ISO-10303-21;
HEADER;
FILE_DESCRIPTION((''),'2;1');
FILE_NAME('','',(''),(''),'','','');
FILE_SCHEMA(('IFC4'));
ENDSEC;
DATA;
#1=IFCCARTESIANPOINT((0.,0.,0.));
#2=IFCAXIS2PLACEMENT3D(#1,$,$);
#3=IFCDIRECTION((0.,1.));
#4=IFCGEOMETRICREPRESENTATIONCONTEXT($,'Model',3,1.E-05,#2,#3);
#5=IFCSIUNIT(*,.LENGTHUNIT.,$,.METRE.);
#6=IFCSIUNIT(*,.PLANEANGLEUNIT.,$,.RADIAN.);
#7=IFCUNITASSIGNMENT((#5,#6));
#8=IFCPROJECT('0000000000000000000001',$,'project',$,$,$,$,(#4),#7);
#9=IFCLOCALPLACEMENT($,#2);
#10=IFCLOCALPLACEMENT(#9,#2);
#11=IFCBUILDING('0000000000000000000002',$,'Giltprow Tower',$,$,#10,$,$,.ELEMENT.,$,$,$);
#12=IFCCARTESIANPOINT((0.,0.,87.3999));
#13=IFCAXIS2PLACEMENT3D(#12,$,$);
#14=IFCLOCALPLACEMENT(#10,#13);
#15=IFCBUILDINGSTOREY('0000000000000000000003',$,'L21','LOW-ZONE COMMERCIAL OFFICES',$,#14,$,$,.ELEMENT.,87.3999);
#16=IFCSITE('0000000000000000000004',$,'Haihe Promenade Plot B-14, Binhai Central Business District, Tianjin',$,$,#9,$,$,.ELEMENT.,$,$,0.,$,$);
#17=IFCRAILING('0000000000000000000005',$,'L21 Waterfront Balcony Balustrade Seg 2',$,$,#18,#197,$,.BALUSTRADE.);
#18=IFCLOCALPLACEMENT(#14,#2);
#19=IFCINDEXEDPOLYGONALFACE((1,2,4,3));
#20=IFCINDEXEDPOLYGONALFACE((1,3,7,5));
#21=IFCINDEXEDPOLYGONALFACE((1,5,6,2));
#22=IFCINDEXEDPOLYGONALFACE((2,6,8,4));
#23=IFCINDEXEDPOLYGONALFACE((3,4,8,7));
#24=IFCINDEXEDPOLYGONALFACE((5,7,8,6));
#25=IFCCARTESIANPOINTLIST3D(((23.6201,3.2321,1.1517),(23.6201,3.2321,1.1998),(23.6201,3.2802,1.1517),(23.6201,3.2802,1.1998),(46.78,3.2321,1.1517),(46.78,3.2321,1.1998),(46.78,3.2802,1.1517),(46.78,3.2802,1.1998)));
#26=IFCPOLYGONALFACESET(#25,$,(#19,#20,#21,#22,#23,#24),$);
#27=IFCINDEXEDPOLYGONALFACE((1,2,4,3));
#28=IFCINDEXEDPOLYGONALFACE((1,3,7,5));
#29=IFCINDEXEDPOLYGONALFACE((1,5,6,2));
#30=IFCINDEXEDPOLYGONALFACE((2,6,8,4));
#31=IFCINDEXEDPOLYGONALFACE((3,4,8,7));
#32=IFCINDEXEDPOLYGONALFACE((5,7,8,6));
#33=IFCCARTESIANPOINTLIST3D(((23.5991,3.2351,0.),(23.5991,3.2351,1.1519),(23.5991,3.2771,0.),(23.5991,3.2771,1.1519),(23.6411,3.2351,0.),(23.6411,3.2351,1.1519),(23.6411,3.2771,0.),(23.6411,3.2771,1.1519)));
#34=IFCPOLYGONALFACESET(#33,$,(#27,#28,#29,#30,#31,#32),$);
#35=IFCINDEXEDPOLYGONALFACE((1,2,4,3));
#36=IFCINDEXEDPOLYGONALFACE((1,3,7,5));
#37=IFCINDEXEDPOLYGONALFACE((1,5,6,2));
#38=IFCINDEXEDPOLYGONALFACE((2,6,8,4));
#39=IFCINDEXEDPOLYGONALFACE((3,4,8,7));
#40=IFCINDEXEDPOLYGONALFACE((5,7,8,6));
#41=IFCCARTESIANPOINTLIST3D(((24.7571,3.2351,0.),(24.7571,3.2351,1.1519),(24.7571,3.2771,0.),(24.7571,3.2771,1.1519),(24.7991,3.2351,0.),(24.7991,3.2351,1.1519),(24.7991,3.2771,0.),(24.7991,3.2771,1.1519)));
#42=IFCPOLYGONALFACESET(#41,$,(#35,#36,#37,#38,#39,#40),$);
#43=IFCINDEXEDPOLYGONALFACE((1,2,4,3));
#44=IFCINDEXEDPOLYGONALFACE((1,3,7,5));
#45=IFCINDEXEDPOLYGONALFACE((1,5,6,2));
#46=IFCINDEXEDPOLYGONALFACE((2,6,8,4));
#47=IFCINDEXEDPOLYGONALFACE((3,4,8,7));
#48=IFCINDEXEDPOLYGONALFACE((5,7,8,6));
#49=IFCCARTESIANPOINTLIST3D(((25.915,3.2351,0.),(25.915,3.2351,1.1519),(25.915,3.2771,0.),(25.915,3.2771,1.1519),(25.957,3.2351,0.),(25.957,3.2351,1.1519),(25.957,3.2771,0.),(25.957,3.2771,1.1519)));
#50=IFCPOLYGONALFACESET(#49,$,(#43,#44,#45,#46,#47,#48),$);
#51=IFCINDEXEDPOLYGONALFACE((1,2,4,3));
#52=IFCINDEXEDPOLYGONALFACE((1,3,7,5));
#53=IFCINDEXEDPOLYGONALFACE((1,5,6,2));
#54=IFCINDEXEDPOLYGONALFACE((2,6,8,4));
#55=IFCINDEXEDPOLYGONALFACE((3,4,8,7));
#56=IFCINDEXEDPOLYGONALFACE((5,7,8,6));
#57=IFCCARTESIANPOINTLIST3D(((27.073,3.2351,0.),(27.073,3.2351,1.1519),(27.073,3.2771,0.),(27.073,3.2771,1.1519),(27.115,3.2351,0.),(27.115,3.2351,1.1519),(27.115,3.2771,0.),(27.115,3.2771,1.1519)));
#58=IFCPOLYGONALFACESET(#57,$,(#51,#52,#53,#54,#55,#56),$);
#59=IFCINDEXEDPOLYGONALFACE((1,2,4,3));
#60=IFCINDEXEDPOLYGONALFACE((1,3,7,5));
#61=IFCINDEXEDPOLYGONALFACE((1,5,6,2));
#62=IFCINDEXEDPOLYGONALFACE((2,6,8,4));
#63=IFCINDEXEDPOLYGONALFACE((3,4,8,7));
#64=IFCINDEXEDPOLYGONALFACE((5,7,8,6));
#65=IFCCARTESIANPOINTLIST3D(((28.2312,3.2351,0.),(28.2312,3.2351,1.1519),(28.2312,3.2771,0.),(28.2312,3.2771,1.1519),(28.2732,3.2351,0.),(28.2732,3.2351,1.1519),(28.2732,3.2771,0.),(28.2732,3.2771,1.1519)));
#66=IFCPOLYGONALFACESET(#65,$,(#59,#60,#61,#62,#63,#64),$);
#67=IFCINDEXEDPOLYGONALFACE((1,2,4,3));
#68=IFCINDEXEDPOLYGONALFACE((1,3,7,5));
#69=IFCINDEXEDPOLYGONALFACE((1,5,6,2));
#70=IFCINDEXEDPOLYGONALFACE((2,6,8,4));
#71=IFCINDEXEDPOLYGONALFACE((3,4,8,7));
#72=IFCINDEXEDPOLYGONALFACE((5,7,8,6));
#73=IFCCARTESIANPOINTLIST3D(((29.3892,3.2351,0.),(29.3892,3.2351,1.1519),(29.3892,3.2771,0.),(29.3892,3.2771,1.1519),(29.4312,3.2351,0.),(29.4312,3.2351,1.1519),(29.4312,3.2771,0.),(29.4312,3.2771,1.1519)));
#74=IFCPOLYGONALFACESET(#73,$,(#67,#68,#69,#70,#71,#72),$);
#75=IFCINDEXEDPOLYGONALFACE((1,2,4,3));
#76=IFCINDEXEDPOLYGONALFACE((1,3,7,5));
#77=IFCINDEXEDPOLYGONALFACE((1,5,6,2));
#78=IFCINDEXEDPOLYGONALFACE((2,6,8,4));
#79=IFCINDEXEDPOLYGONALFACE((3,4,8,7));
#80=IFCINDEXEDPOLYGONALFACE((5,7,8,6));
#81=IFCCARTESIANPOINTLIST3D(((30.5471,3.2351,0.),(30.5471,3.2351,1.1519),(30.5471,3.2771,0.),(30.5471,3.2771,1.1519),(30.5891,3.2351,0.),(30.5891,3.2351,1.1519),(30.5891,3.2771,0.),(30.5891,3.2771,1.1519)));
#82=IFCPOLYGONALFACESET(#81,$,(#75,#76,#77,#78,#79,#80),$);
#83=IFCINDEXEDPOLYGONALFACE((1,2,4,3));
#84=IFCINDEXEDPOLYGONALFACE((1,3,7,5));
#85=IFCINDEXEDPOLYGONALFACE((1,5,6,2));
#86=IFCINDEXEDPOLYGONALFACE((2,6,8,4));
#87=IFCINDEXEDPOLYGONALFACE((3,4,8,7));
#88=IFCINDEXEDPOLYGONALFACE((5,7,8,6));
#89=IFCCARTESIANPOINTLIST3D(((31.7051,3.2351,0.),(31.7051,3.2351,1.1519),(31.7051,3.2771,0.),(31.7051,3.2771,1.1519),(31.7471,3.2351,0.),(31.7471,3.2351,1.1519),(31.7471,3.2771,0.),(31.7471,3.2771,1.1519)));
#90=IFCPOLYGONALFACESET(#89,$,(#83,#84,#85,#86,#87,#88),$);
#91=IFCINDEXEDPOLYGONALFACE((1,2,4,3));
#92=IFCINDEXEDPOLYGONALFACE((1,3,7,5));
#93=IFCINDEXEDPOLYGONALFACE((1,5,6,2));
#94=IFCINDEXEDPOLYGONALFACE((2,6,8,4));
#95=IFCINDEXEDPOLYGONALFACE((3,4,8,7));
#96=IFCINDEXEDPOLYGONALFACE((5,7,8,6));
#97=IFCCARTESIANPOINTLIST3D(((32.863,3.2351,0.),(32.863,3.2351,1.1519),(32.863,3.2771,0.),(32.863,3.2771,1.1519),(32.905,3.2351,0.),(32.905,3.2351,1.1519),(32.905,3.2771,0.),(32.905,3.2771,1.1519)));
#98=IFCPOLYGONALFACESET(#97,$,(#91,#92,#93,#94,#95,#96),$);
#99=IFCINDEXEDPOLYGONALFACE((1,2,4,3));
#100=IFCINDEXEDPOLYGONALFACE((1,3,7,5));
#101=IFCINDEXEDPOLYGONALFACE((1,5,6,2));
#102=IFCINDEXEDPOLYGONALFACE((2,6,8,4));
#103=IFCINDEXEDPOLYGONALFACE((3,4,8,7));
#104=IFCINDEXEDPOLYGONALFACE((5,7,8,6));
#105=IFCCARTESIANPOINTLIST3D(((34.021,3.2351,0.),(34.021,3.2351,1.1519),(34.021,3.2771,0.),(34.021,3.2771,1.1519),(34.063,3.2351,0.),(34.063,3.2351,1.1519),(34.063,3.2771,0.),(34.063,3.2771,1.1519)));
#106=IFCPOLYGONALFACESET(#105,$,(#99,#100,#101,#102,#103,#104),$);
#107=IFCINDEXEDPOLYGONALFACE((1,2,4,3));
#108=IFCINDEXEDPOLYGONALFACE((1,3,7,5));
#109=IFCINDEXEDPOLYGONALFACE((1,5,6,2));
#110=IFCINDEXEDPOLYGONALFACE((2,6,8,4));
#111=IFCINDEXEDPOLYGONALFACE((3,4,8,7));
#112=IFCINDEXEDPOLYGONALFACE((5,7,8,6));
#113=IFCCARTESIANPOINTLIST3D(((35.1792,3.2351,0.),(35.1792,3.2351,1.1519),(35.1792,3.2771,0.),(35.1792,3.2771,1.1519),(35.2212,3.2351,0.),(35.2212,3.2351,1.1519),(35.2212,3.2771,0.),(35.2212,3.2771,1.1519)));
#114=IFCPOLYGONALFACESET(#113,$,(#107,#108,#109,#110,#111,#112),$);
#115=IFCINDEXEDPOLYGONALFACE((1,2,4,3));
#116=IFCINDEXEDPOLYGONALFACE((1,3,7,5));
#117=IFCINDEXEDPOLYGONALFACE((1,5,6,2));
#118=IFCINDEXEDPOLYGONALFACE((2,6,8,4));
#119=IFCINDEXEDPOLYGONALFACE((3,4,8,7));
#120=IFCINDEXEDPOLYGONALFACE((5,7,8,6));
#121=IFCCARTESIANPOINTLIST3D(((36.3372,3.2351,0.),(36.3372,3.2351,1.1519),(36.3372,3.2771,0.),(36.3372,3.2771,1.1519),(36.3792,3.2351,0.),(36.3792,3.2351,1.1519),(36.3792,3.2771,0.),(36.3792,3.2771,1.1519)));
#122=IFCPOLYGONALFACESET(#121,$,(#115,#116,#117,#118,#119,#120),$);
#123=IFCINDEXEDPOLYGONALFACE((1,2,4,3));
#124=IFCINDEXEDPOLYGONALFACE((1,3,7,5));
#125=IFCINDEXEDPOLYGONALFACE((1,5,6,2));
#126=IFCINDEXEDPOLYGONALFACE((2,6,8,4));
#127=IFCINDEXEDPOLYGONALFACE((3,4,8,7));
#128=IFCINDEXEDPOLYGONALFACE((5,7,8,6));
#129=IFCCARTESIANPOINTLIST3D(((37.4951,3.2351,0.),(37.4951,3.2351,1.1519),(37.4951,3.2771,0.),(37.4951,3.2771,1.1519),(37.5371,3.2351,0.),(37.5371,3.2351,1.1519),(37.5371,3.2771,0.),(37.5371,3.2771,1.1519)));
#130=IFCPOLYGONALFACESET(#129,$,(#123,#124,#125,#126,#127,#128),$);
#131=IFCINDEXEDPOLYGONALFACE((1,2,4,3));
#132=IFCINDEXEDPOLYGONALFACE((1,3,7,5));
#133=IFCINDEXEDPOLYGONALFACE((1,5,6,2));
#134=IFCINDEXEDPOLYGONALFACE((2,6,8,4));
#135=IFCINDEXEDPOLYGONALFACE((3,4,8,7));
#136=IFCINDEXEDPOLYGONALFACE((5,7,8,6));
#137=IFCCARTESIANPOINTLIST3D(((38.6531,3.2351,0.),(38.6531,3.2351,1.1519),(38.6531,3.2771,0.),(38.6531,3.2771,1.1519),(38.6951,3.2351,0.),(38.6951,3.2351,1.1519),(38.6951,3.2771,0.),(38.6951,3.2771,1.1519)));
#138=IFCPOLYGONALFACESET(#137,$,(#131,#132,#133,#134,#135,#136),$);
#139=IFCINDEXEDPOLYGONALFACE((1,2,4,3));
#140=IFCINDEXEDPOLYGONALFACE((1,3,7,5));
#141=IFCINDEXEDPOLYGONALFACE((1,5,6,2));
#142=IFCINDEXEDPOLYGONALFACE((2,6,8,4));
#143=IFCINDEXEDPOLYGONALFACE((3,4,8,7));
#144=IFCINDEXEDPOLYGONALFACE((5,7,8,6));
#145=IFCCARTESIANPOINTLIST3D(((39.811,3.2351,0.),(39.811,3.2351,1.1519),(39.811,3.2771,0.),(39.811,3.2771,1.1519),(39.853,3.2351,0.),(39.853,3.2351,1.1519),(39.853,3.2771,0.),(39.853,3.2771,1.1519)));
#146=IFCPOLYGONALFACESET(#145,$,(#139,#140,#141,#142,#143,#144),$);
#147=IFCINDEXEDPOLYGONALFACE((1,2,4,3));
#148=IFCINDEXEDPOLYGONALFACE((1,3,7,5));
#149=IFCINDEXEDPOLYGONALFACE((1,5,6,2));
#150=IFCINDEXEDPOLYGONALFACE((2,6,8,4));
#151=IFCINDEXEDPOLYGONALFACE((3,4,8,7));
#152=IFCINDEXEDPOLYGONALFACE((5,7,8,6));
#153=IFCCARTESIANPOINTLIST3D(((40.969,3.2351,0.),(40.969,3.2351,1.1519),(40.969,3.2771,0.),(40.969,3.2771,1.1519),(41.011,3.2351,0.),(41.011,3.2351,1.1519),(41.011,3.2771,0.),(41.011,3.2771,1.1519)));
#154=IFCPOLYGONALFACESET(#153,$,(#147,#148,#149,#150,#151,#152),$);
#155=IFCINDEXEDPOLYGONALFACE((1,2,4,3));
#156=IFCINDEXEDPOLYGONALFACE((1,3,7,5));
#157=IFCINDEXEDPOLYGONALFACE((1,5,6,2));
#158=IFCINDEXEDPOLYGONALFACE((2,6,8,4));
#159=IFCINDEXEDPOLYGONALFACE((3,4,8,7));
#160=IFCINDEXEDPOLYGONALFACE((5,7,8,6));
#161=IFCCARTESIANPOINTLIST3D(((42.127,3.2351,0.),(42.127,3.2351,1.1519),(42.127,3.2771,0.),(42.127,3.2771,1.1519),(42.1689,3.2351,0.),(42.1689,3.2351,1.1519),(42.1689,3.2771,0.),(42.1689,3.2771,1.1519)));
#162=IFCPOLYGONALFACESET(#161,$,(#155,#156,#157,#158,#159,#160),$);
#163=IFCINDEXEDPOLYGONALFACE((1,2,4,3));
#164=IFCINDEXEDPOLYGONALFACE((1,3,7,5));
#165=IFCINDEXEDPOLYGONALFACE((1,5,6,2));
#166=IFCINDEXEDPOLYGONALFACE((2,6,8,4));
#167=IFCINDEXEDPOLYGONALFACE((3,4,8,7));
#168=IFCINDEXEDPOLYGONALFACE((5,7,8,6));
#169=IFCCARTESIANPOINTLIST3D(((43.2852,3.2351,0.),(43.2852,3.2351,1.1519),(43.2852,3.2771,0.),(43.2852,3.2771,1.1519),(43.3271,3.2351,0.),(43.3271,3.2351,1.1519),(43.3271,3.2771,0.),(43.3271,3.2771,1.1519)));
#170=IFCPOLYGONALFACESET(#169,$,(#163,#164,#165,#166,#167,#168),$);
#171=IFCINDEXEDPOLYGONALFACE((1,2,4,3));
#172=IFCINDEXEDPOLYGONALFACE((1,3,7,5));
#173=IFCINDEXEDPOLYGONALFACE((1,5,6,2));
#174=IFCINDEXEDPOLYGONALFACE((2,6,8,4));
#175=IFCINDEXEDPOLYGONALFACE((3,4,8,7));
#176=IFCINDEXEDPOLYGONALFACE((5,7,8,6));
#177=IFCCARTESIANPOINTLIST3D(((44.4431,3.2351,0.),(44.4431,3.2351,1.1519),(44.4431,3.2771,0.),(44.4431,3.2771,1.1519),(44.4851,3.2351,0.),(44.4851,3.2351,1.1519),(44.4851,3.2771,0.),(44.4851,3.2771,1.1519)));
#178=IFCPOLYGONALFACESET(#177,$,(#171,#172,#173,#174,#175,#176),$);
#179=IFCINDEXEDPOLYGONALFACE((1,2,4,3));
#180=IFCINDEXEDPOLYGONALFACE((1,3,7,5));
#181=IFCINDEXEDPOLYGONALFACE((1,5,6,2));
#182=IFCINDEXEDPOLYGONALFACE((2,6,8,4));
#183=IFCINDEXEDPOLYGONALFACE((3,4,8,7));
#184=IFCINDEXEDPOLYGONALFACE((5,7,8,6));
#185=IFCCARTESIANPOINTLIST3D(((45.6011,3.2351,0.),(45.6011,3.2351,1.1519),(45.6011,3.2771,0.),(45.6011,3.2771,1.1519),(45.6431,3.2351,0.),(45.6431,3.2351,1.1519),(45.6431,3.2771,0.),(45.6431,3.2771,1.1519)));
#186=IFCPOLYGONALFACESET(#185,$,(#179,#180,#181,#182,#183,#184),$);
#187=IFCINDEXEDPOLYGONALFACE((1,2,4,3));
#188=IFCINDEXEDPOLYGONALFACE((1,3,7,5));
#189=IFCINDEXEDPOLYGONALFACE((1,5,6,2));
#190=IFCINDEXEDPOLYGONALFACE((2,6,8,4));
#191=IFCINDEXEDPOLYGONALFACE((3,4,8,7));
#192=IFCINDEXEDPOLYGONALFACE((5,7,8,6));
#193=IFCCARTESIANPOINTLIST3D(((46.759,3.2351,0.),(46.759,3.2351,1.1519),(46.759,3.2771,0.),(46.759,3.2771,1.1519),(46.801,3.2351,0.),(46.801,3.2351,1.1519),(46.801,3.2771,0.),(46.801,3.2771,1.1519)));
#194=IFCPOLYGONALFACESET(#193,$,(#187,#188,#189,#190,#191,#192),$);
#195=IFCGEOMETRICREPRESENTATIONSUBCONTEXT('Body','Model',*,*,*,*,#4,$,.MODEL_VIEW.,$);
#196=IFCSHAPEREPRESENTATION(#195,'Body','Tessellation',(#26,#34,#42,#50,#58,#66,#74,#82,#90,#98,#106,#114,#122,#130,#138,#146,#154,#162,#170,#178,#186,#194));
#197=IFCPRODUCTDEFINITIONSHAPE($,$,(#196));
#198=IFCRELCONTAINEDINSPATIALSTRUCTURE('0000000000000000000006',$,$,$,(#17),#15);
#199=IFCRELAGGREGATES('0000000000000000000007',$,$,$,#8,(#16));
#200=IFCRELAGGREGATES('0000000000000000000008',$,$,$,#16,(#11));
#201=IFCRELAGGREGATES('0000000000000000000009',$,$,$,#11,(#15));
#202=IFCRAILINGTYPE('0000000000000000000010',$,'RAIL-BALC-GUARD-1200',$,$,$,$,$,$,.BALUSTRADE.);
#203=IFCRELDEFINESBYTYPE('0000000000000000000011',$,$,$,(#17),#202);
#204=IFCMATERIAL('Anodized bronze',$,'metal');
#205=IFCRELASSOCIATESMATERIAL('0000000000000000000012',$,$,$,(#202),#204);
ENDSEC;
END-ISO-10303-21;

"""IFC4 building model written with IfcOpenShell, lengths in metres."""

from ifc_helpers import new_model, si_unit, direction, frame, origin, origin_2d, place, context, subcontext, project, spatial, rectangle, extrude, material, type_object, element, save


model = new_model("IFC4")

# Units and contexts
model_context = context("Model", 3, precision=1e-05, world=origin(), true_north=direction((0.0, 1.0)))
body_context = subcontext(model_context, "Body", "Model", "MODEL_VIEW")
ifc_project = project(units=[si_unit("LENGTHUNIT", "METRE"), si_unit("PLANEANGLEUNIT", "RADIAN")], contexts=[model_context])

# Site, building, storey
site_placement = place(None, origin())
site = spatial("IfcSite", under=ifc_project, at=site_placement, Name="Haihe Promenade Plot B-14, Binhai Central Business District, Tianjin", CompositionType="ELEMENT", RefElevation=0.0)
building_placement = place(site_placement, origin())
building = spatial("IfcBuilding", under=site, at=building_placement, Name="Giltprow Tower", CompositionType="ELEMENT")
storey_placement = place(building_placement, frame((0.0, 0.0, 87.3999)))
storey = spatial("IfcBuildingStorey", under=building, at=storey_placement, Name="L21", Description="LOW-ZONE COMMERCIAL OFFICES", CompositionType="ELEMENT", Elevation=87.3999)

# Shared definitions
ifc_material_1 = material(Name="Anodized bronze", Category="metal")

# Railing
railing_type = type_object("IfcRailingType", Name="RAIL-BALC-GUARD-1200", PredefinedType="BALUSTRADE", material=ifc_material_1)
railing_1_placement = place(storey_placement, frame((23.6201, 3.2561, 0.0)))
element("IfcRailing", 1, at=railing_1_placement, inside=storey, type_object=railing_type, Name="L21 Waterfront Balcony Balustrade Seg 2", PredefinedType="BALUSTRADE", context=body_context, shape_type="SweptSolid", body=[
    extrude(rectangle(XDim=0.0481, YDim=0.0481, at=origin_2d()), frame((0.0, 0.0, 1.1758), z_axis=(1.0, 0.0, 0.0), x_axis=(0.0, 1.0, 0.0)), (0.0, 0.0, 1.0), 23.1599),
    extrude(rectangle(XDim=0.042, YDim=0.042, at=origin_2d()), origin(), (0.0, 0.0, 1.0), 1.1519),
    extrude(rectangle(XDim=0.042, YDim=0.042, at=origin_2d()), frame((1.158, 0.0, 0.0)), (0.0, 0.0, 1.0), 1.1519),
    extrude(rectangle(XDim=0.042, YDim=0.042, at=origin_2d()), frame((2.3159, 0.0, 0.0)), (0.0, 0.0, 1.0), 1.1519),
    extrude(rectangle(XDim=0.042, YDim=0.042, at=origin_2d()), frame((3.4739, 0.0, 0.0)), (0.0, 0.0, 1.0), 1.1519),
    extrude(rectangle(XDim=0.042, YDim=0.042, at=origin_2d()), frame((4.6321, 0.0, 0.0)), (0.0, 0.0, 1.0), 1.1519),
    extrude(rectangle(XDim=0.042, YDim=0.042, at=origin_2d()), frame((5.79, 0.0, 0.0)), (0.0, 0.0, 1.0), 1.1519),
    extrude(rectangle(XDim=0.042, YDim=0.042, at=origin_2d()), frame((6.948, 0.0, 0.0)), (0.0, 0.0, 1.0), 1.1519),
    extrude(rectangle(XDim=0.042, YDim=0.042, at=origin_2d()), frame((8.106, 0.0, 0.0)), (0.0, 0.0, 1.0), 1.1519),
    extrude(rectangle(XDim=0.042, YDim=0.042, at=origin_2d()), frame((9.2639, 0.0, 0.0)), (0.0, 0.0, 1.0), 1.1519),
    extrude(rectangle(XDim=0.042, YDim=0.042, at=origin_2d()), frame((10.4219, 0.0, 0.0)), (0.0, 0.0, 1.0), 1.1519),
    extrude(rectangle(XDim=0.042, YDim=0.042, at=origin_2d()), frame((11.5801, 0.0, 0.0)), (0.0, 0.0, 1.0), 1.1519),
    extrude(rectangle(XDim=0.042, YDim=0.042, at=origin_2d()), frame((12.738, 0.0, 0.0)), (0.0, 0.0, 1.0), 1.1519),
    extrude(rectangle(XDim=0.042, YDim=0.042, at=origin_2d()), frame((13.896, 0.0, 0.0)), (0.0, 0.0, 1.0), 1.1519),
    extrude(rectangle(XDim=0.042, YDim=0.042, at=origin_2d()), frame((15.054, 0.0, 0.0)), (0.0, 0.0, 1.0), 1.1519),
    extrude(rectangle(XDim=0.042, YDim=0.042, at=origin_2d()), frame((16.2119, 0.0, 0.0)), (0.0, 0.0, 1.0), 1.1519),
    extrude(rectangle(XDim=0.042, YDim=0.042, at=origin_2d()), frame((17.3699, 0.0, 0.0)), (0.0, 0.0, 1.0), 1.1519),
    extrude(rectangle(XDim=0.042, YDim=0.042, at=origin_2d()), frame((18.5278, 0.0, 0.0)), (0.0, 0.0, 1.0), 1.1519),
    extrude(rectangle(XDim=0.042, YDim=0.042, at=origin_2d()), frame((19.686, 0.0, 0.0)), (0.0, 0.0, 1.0), 1.1519),
    extrude(rectangle(XDim=0.042, YDim=0.042, at=origin_2d()), frame((20.844, 0.0, 0.0)), (0.0, 0.0, 1.0), 1.1519),
    extrude(rectangle(XDim=0.042, YDim=0.042, at=origin_2d()), frame((22.002, 0.0, 0.0)), (0.0, 0.0, 1.0), 1.1519),
    extrude(rectangle(XDim=0.042, YDim=0.042, at=origin_2d()), frame((23.1599, 0.0, 0.0)), (0.0, 0.0, 1.0), 1.1519),
])

save(model, "model.ifc")
